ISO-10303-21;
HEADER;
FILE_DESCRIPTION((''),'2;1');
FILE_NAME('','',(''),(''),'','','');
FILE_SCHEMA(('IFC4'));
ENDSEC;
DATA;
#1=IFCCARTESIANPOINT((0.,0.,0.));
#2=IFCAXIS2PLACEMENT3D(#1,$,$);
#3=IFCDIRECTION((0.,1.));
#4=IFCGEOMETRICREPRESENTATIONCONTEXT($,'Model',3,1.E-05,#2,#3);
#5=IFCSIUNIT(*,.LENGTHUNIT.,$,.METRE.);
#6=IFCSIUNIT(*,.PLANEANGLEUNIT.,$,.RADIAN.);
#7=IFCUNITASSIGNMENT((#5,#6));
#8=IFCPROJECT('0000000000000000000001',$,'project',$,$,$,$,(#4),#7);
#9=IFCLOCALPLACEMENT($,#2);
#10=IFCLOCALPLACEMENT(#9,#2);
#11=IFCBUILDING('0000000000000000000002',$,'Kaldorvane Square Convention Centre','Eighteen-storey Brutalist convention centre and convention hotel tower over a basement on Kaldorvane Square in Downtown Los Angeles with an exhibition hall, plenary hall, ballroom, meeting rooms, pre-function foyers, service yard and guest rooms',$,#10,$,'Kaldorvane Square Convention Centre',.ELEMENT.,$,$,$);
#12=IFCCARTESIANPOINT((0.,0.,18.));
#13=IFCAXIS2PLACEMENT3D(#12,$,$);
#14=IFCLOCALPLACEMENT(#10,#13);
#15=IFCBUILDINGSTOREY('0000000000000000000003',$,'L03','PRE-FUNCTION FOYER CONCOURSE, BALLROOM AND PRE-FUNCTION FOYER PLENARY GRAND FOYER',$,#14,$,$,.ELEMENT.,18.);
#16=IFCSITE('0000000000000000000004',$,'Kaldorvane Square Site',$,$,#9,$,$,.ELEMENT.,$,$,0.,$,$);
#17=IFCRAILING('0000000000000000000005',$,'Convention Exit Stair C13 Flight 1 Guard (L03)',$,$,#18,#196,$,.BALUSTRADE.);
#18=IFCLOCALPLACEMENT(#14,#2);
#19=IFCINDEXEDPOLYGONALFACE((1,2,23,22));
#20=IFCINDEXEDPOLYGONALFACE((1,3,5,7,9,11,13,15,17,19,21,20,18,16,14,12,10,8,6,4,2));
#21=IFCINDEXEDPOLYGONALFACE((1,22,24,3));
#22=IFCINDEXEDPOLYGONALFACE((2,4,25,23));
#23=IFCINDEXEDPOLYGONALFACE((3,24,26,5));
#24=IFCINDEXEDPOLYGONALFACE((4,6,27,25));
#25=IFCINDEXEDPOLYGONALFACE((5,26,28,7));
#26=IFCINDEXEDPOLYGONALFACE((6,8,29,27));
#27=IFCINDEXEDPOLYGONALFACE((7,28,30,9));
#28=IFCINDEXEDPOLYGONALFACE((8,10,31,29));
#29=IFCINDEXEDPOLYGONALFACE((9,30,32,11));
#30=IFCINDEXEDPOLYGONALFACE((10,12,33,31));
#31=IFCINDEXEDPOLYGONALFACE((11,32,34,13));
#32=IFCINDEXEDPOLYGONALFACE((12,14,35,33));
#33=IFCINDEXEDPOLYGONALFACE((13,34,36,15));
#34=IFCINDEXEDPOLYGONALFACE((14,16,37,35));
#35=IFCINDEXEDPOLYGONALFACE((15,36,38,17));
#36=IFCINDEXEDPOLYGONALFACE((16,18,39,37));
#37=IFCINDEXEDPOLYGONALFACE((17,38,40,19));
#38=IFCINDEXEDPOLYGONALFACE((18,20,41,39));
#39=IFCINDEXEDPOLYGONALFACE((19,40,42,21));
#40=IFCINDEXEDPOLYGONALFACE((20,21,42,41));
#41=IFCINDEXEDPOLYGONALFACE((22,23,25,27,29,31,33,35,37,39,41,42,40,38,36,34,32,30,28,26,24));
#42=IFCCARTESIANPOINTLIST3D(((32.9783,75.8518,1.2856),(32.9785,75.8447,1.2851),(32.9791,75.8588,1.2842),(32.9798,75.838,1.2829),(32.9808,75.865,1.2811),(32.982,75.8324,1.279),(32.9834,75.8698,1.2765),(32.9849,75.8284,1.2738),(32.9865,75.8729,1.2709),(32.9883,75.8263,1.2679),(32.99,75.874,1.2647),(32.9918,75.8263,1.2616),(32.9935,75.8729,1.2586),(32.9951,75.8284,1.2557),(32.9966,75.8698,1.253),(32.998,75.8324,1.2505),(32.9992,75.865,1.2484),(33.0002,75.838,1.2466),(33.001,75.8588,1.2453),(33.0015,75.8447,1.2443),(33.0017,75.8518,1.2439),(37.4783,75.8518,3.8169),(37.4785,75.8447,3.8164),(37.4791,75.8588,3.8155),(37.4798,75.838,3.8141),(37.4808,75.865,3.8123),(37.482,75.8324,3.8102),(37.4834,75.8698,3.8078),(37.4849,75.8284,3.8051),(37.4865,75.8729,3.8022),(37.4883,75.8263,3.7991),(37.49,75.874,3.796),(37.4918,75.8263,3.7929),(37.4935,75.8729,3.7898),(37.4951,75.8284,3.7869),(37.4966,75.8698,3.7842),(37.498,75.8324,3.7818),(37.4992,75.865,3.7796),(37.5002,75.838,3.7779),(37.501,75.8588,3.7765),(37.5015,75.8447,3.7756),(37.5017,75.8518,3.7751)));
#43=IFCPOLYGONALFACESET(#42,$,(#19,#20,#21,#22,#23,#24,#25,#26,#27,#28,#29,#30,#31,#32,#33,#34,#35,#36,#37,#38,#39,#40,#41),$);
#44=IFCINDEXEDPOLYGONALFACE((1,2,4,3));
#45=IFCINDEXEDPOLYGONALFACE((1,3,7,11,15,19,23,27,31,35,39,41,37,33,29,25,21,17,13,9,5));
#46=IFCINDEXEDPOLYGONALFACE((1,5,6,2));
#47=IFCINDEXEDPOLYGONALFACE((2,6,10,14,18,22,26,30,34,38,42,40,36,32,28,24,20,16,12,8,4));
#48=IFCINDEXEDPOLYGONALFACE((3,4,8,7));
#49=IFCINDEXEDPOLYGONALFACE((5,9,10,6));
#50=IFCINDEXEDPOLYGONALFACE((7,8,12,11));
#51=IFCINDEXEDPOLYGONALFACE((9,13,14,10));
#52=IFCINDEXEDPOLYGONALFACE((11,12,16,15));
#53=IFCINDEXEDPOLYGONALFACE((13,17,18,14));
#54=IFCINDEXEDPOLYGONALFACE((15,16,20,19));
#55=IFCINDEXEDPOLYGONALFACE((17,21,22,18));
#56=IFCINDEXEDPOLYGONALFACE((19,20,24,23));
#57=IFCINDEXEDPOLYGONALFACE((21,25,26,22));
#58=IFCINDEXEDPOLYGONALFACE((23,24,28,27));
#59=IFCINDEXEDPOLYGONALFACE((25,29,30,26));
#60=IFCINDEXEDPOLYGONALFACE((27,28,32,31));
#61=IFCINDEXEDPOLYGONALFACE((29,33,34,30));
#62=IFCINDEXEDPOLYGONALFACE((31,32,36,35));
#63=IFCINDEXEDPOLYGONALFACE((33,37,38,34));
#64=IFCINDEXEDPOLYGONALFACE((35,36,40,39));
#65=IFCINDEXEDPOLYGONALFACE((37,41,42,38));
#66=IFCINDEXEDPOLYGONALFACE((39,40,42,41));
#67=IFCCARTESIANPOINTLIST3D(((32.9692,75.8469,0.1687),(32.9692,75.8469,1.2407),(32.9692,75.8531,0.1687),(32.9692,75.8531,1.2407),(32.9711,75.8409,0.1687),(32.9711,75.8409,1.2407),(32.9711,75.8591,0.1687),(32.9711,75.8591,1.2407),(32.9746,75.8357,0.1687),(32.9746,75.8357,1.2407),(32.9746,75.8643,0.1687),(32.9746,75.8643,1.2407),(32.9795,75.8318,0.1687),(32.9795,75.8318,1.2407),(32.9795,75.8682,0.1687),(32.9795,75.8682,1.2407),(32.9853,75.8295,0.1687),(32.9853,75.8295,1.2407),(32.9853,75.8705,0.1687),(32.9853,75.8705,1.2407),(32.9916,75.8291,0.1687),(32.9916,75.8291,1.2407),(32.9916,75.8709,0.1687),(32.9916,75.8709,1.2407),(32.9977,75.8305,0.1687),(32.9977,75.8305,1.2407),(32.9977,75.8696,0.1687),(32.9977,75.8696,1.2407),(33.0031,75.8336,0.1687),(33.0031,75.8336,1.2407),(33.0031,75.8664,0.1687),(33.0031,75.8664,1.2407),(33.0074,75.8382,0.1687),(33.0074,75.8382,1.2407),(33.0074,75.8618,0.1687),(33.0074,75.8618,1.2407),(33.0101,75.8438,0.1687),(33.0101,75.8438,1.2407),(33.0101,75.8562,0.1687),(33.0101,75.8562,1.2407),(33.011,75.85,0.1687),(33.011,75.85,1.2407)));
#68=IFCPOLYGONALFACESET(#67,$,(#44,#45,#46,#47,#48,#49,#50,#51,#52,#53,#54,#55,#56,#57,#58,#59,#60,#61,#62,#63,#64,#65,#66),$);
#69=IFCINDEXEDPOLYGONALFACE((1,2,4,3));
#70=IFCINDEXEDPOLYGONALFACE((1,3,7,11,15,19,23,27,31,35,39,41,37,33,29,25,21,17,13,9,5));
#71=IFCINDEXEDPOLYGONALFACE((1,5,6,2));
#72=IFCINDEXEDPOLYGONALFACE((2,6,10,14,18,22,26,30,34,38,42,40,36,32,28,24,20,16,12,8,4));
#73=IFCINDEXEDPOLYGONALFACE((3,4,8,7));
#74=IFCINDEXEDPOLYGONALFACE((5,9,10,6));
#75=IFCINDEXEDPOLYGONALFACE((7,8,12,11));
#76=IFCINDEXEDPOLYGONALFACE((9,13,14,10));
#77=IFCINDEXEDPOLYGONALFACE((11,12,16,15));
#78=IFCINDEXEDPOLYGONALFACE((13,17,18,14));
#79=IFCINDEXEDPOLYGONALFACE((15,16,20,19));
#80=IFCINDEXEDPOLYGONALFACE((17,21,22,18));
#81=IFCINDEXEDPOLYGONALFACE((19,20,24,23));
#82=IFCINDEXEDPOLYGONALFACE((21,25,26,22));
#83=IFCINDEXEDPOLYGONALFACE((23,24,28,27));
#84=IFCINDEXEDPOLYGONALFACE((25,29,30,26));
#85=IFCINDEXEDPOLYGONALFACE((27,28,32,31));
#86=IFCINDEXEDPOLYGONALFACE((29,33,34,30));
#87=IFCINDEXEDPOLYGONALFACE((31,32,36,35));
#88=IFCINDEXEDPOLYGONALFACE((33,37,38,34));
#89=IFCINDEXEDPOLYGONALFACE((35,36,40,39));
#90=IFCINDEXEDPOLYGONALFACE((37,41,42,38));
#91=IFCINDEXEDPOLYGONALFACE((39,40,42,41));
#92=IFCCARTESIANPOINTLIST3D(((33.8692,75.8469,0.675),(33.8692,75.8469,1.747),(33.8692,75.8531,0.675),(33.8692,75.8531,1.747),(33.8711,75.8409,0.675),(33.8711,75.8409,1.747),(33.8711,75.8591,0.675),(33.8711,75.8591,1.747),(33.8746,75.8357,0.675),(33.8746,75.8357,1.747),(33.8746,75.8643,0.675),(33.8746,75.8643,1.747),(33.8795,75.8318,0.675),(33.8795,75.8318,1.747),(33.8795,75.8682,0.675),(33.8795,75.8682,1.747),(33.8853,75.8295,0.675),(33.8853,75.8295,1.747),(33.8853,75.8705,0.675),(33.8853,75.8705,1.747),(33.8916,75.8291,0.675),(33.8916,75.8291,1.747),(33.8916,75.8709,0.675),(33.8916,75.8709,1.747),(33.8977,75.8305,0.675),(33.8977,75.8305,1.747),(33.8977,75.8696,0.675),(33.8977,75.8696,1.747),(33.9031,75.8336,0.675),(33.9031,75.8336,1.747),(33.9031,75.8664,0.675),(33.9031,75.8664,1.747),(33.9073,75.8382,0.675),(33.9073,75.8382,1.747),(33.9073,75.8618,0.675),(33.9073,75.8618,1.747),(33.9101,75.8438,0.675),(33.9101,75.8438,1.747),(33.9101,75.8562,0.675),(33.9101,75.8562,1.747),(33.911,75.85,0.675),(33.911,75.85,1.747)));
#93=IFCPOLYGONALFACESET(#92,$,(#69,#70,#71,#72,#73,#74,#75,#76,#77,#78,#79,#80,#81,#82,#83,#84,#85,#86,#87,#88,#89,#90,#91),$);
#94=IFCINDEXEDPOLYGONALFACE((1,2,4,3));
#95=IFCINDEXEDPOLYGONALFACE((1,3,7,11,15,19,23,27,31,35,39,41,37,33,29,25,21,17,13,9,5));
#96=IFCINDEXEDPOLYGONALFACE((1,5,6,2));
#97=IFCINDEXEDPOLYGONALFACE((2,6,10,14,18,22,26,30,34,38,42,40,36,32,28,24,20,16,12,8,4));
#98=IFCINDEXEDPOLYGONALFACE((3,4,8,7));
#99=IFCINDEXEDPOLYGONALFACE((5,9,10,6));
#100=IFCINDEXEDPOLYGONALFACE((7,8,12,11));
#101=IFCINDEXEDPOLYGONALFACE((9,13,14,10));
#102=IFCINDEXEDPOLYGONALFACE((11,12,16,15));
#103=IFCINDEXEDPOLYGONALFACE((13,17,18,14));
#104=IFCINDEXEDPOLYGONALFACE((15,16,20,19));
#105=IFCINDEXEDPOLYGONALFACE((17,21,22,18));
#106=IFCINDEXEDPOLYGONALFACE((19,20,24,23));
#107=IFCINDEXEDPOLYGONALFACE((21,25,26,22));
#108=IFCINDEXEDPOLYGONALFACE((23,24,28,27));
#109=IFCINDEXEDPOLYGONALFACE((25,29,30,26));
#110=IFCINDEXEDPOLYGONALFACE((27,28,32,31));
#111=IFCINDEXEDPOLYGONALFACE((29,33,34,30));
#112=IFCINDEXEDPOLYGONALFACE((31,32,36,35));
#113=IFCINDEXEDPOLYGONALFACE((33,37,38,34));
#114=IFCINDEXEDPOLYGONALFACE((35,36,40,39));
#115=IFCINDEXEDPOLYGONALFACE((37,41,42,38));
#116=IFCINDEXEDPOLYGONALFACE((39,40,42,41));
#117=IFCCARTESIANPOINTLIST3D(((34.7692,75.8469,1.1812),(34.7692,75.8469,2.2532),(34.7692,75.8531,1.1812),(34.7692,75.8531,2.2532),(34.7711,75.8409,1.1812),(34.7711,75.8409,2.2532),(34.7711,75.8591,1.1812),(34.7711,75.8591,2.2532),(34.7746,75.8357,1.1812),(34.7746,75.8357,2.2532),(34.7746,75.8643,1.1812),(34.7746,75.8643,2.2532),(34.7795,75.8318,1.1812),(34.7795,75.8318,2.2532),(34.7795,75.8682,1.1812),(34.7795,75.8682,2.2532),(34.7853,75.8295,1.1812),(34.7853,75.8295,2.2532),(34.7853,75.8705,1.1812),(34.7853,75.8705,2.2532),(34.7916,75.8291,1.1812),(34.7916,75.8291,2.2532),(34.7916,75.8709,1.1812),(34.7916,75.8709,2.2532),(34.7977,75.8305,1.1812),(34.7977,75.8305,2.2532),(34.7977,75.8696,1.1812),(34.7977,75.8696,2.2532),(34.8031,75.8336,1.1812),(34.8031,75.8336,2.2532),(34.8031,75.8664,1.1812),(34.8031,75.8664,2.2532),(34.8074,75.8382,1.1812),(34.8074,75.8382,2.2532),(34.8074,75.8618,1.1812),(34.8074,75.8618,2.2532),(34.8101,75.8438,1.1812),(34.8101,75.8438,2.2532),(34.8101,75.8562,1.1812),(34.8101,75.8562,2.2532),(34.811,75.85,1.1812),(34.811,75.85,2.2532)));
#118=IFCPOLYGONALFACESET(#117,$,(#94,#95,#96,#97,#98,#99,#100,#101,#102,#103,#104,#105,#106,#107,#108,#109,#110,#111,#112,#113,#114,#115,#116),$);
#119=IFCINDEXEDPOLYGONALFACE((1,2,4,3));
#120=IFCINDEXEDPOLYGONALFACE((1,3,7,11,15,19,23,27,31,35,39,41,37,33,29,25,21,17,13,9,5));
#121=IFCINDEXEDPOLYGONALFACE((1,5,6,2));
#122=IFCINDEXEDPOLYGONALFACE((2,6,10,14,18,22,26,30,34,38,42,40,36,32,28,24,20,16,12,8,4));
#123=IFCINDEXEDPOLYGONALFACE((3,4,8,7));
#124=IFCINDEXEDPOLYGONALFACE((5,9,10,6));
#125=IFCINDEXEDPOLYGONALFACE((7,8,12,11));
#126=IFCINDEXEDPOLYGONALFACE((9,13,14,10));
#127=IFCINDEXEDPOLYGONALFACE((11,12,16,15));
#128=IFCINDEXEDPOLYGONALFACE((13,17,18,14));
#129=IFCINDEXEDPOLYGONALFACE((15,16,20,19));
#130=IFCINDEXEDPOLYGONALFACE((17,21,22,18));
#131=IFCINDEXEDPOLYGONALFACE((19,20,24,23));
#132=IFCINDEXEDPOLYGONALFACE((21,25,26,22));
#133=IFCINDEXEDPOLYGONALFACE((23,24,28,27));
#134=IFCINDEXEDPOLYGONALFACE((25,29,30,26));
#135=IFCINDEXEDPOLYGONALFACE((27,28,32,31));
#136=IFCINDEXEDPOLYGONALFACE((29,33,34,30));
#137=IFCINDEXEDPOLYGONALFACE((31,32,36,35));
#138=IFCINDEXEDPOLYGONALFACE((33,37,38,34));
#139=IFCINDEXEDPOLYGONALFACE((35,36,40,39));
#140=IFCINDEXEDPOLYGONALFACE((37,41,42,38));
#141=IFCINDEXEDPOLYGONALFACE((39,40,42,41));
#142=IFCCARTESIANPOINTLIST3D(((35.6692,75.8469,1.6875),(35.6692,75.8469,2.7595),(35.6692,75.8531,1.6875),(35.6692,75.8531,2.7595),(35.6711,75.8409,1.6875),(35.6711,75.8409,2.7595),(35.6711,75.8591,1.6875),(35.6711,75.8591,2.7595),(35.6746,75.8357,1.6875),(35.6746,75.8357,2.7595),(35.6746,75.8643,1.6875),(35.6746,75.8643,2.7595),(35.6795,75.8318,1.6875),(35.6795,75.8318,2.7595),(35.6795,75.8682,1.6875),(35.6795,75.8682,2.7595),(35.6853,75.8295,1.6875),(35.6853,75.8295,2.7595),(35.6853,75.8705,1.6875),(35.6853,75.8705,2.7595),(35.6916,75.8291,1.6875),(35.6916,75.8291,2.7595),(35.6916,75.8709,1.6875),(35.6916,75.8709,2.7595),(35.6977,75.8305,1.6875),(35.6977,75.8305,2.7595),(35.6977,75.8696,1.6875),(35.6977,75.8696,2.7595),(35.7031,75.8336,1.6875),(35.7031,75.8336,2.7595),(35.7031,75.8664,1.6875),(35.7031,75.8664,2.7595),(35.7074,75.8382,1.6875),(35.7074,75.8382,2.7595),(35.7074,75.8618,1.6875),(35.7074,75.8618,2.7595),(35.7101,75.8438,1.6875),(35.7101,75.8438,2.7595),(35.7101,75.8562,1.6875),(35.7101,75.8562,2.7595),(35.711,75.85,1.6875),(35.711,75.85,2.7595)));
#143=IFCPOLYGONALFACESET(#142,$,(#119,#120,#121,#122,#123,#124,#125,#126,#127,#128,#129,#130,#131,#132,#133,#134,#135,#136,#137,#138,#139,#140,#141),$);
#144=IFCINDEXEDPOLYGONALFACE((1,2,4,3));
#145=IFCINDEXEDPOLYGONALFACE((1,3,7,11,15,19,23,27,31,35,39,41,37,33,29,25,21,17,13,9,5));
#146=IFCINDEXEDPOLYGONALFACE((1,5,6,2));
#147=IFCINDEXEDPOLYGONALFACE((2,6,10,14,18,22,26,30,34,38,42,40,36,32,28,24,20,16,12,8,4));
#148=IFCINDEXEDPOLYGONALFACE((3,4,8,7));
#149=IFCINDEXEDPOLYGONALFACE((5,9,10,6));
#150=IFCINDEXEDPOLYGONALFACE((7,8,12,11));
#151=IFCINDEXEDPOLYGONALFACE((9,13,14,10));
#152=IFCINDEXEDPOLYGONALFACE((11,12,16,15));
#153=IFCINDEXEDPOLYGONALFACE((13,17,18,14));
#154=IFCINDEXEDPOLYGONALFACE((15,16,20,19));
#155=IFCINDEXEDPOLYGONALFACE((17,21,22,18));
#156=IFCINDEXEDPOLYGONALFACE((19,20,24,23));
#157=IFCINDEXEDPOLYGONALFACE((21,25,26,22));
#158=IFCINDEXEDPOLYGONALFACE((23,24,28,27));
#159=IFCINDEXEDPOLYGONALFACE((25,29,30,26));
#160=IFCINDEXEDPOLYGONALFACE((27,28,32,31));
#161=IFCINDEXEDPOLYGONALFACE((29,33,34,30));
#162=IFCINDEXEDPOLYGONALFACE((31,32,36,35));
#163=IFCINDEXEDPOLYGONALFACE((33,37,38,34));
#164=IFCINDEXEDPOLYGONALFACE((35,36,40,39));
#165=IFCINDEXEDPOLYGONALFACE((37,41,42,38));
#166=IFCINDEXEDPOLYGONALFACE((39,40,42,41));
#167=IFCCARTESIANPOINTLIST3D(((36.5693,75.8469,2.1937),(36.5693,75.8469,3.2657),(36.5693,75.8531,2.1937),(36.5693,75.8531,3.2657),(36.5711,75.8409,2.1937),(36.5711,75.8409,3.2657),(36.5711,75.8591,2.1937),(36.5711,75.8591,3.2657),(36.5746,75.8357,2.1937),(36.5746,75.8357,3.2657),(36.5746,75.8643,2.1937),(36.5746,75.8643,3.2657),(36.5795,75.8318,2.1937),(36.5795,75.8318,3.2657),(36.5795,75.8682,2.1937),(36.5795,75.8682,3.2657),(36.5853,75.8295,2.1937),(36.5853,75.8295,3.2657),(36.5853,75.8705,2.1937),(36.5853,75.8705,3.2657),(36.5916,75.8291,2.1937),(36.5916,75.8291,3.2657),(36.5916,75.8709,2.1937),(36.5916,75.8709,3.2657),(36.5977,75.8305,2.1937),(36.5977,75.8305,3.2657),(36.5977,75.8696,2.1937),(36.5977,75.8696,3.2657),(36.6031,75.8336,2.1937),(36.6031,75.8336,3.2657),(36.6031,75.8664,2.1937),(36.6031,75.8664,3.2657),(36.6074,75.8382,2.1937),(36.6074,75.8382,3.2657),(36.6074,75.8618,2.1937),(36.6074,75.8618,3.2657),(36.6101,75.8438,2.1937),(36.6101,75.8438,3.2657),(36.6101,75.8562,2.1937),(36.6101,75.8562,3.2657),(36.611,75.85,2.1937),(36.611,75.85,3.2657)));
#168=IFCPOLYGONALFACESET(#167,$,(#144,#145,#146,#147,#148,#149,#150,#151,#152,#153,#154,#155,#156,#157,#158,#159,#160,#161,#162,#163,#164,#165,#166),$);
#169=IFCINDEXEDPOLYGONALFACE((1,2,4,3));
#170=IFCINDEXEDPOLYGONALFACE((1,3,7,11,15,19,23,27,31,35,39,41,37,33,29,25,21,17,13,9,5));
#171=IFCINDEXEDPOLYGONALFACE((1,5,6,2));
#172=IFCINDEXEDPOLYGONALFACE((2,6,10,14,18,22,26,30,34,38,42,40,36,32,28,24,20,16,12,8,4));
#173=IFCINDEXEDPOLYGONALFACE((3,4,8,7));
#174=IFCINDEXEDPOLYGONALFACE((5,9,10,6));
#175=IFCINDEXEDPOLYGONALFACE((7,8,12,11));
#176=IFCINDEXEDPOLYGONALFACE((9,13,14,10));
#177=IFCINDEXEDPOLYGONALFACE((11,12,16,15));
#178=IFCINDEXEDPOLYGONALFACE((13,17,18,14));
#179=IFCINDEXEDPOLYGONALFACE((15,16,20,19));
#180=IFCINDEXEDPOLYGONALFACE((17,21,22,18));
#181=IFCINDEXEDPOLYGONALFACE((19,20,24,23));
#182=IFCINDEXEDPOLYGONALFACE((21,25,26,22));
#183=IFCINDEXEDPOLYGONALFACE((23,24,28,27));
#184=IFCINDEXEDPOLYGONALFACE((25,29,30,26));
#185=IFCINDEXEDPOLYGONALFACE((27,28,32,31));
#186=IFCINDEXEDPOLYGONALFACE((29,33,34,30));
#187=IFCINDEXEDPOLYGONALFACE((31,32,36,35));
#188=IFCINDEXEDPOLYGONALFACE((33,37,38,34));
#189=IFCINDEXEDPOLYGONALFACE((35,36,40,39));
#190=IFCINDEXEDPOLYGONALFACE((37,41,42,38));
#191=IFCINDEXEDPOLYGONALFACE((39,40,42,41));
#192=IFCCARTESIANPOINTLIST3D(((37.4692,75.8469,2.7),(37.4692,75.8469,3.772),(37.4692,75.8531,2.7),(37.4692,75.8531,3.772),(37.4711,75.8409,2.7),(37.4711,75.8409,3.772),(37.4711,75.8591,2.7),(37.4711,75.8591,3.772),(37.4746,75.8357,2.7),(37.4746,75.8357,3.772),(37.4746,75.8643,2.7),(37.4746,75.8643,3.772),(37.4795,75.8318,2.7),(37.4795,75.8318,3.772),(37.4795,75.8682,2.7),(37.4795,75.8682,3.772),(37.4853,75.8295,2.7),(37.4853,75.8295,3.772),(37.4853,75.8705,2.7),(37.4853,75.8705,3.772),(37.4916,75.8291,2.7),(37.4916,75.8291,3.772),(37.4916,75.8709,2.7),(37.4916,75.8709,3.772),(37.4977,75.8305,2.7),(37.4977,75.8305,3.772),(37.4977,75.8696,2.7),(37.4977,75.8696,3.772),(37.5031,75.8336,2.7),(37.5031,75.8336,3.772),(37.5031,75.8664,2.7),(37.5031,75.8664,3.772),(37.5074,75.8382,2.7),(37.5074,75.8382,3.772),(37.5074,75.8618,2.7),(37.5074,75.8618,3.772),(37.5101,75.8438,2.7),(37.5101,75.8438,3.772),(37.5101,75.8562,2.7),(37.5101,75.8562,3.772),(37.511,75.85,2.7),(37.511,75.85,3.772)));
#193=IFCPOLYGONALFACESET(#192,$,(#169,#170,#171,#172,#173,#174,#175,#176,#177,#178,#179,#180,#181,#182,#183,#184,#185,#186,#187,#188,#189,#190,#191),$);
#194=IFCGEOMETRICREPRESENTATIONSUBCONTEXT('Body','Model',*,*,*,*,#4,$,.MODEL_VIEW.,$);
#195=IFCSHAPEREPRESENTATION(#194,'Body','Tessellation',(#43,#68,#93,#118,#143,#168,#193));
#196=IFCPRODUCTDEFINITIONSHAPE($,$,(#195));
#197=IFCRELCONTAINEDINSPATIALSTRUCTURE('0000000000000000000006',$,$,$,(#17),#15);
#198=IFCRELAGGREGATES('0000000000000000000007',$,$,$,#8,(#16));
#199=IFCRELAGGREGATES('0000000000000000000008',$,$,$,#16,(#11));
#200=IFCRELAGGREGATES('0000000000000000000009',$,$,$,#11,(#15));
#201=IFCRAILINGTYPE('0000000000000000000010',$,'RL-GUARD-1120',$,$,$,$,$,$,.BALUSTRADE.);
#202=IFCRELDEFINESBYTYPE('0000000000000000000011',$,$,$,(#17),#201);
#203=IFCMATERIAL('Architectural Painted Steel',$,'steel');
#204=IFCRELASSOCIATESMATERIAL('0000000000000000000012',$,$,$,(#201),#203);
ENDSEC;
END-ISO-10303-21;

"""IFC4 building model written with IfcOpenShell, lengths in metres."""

from ifc_helpers import new_model, si_unit, direction, frame, origin, origin_2d, place, context, subcontext, project, spatial, circle, extrude, material, type_object, element, save


model = new_model("IFC4")

# Units and contexts
model_context = context("Model", 3, precision=1e-05, world=origin(), true_north=direction((0.0, 1.0)))
body_context = subcontext(model_context, "Body", "Model", "MODEL_VIEW")
ifc_project = project(units=[si_unit("LENGTHUNIT", "METRE"), si_unit("PLANEANGLEUNIT", "RADIAN")], contexts=[model_context])

# Site, building, storey
site_placement = place(None, origin())
site = spatial("IfcSite", under=ifc_project, at=site_placement, Name="Kaldorvane Square Site", CompositionType="ELEMENT", RefElevation=0.0)
building_placement = place(site_placement, origin())
building = spatial("IfcBuilding", under=site, at=building_placement, Name="Kaldorvane Square Convention Centre", Description="Eighteen-storey Brutalist convention centre and convention hotel tower over a basement on Kaldorvane Square in Downtown Los Angeles with an exhibition hall, plenary hall, ballroom, meeting rooms, pre-function foyers, service yard and guest rooms", LongName="Kaldorvane Square Convention Centre", CompositionType="ELEMENT")
storey_placement = place(building_placement, frame((0.0, 0.0, 18.0)))
storey = spatial("IfcBuildingStorey", under=building, at=storey_placement, Name="L03", Description="PRE-FUNCTION FOYER CONCOURSE, BALLROOM AND PRE-FUNCTION FOYER PLENARY GRAND FOYER", CompositionType="ELEMENT", Elevation=18.0)

# Railing
ifc_material_1 = material(Name="Architectural Painted Steel", Category="steel")
railing_type_1 = type_object("IfcRailingType", Name="RL-GUARD-1120", PredefinedType="BALUSTRADE", material=ifc_material_1)
railing_1_placement = place(storey_placement, frame((32.99, 75.85, 0.1687)))
element("IfcRailing", 1, at=railing_1_placement, inside=storey, type_object=railing_type_1, Name="Convention Exit Stair C13 Flight 1 Guard (L03)", PredefinedType="BALUSTRADE", context=body_context, shape_type="SweptSolid", body=[
    extrude(circle(Radius=0.024, at=origin_2d()), frame((0.0, 0.0, 1.096), z_axis=(0.871576, 0.0, 0.490261), x_axis=(0.0, 1.0, 0.0)), (0.0, 0.0, 1.0), 5.1631),
    extrude(circle(Radius=0.021, at=origin_2d()), origin(), (0.0, 0.0, 1.0), 1.072),
    extrude(circle(Radius=0.021, at=origin_2d()), frame((0.9, 0.0, 0.5063)), (0.0, 0.0, 1.0), 1.072),
    extrude(circle(Radius=0.021, at=origin_2d()), frame((1.8, 0.0, 1.0125)), (0.0, 0.0, 1.0), 1.072),
    extrude(circle(Radius=0.021, at=origin_2d()), frame((2.7, 0.0, 1.5188)), (0.0, 0.0, 1.0), 1.072),
    extrude(circle(Radius=0.021, at=origin_2d()), frame((3.6, 0.0, 2.025)), (0.0, 0.0, 1.0), 1.072),
    extrude(circle(Radius=0.021, at=origin_2d()), frame((4.5, 0.0, 2.5312)), (0.0, 0.0, 1.0), 1.072),
])

save(model, "model.ifc")
